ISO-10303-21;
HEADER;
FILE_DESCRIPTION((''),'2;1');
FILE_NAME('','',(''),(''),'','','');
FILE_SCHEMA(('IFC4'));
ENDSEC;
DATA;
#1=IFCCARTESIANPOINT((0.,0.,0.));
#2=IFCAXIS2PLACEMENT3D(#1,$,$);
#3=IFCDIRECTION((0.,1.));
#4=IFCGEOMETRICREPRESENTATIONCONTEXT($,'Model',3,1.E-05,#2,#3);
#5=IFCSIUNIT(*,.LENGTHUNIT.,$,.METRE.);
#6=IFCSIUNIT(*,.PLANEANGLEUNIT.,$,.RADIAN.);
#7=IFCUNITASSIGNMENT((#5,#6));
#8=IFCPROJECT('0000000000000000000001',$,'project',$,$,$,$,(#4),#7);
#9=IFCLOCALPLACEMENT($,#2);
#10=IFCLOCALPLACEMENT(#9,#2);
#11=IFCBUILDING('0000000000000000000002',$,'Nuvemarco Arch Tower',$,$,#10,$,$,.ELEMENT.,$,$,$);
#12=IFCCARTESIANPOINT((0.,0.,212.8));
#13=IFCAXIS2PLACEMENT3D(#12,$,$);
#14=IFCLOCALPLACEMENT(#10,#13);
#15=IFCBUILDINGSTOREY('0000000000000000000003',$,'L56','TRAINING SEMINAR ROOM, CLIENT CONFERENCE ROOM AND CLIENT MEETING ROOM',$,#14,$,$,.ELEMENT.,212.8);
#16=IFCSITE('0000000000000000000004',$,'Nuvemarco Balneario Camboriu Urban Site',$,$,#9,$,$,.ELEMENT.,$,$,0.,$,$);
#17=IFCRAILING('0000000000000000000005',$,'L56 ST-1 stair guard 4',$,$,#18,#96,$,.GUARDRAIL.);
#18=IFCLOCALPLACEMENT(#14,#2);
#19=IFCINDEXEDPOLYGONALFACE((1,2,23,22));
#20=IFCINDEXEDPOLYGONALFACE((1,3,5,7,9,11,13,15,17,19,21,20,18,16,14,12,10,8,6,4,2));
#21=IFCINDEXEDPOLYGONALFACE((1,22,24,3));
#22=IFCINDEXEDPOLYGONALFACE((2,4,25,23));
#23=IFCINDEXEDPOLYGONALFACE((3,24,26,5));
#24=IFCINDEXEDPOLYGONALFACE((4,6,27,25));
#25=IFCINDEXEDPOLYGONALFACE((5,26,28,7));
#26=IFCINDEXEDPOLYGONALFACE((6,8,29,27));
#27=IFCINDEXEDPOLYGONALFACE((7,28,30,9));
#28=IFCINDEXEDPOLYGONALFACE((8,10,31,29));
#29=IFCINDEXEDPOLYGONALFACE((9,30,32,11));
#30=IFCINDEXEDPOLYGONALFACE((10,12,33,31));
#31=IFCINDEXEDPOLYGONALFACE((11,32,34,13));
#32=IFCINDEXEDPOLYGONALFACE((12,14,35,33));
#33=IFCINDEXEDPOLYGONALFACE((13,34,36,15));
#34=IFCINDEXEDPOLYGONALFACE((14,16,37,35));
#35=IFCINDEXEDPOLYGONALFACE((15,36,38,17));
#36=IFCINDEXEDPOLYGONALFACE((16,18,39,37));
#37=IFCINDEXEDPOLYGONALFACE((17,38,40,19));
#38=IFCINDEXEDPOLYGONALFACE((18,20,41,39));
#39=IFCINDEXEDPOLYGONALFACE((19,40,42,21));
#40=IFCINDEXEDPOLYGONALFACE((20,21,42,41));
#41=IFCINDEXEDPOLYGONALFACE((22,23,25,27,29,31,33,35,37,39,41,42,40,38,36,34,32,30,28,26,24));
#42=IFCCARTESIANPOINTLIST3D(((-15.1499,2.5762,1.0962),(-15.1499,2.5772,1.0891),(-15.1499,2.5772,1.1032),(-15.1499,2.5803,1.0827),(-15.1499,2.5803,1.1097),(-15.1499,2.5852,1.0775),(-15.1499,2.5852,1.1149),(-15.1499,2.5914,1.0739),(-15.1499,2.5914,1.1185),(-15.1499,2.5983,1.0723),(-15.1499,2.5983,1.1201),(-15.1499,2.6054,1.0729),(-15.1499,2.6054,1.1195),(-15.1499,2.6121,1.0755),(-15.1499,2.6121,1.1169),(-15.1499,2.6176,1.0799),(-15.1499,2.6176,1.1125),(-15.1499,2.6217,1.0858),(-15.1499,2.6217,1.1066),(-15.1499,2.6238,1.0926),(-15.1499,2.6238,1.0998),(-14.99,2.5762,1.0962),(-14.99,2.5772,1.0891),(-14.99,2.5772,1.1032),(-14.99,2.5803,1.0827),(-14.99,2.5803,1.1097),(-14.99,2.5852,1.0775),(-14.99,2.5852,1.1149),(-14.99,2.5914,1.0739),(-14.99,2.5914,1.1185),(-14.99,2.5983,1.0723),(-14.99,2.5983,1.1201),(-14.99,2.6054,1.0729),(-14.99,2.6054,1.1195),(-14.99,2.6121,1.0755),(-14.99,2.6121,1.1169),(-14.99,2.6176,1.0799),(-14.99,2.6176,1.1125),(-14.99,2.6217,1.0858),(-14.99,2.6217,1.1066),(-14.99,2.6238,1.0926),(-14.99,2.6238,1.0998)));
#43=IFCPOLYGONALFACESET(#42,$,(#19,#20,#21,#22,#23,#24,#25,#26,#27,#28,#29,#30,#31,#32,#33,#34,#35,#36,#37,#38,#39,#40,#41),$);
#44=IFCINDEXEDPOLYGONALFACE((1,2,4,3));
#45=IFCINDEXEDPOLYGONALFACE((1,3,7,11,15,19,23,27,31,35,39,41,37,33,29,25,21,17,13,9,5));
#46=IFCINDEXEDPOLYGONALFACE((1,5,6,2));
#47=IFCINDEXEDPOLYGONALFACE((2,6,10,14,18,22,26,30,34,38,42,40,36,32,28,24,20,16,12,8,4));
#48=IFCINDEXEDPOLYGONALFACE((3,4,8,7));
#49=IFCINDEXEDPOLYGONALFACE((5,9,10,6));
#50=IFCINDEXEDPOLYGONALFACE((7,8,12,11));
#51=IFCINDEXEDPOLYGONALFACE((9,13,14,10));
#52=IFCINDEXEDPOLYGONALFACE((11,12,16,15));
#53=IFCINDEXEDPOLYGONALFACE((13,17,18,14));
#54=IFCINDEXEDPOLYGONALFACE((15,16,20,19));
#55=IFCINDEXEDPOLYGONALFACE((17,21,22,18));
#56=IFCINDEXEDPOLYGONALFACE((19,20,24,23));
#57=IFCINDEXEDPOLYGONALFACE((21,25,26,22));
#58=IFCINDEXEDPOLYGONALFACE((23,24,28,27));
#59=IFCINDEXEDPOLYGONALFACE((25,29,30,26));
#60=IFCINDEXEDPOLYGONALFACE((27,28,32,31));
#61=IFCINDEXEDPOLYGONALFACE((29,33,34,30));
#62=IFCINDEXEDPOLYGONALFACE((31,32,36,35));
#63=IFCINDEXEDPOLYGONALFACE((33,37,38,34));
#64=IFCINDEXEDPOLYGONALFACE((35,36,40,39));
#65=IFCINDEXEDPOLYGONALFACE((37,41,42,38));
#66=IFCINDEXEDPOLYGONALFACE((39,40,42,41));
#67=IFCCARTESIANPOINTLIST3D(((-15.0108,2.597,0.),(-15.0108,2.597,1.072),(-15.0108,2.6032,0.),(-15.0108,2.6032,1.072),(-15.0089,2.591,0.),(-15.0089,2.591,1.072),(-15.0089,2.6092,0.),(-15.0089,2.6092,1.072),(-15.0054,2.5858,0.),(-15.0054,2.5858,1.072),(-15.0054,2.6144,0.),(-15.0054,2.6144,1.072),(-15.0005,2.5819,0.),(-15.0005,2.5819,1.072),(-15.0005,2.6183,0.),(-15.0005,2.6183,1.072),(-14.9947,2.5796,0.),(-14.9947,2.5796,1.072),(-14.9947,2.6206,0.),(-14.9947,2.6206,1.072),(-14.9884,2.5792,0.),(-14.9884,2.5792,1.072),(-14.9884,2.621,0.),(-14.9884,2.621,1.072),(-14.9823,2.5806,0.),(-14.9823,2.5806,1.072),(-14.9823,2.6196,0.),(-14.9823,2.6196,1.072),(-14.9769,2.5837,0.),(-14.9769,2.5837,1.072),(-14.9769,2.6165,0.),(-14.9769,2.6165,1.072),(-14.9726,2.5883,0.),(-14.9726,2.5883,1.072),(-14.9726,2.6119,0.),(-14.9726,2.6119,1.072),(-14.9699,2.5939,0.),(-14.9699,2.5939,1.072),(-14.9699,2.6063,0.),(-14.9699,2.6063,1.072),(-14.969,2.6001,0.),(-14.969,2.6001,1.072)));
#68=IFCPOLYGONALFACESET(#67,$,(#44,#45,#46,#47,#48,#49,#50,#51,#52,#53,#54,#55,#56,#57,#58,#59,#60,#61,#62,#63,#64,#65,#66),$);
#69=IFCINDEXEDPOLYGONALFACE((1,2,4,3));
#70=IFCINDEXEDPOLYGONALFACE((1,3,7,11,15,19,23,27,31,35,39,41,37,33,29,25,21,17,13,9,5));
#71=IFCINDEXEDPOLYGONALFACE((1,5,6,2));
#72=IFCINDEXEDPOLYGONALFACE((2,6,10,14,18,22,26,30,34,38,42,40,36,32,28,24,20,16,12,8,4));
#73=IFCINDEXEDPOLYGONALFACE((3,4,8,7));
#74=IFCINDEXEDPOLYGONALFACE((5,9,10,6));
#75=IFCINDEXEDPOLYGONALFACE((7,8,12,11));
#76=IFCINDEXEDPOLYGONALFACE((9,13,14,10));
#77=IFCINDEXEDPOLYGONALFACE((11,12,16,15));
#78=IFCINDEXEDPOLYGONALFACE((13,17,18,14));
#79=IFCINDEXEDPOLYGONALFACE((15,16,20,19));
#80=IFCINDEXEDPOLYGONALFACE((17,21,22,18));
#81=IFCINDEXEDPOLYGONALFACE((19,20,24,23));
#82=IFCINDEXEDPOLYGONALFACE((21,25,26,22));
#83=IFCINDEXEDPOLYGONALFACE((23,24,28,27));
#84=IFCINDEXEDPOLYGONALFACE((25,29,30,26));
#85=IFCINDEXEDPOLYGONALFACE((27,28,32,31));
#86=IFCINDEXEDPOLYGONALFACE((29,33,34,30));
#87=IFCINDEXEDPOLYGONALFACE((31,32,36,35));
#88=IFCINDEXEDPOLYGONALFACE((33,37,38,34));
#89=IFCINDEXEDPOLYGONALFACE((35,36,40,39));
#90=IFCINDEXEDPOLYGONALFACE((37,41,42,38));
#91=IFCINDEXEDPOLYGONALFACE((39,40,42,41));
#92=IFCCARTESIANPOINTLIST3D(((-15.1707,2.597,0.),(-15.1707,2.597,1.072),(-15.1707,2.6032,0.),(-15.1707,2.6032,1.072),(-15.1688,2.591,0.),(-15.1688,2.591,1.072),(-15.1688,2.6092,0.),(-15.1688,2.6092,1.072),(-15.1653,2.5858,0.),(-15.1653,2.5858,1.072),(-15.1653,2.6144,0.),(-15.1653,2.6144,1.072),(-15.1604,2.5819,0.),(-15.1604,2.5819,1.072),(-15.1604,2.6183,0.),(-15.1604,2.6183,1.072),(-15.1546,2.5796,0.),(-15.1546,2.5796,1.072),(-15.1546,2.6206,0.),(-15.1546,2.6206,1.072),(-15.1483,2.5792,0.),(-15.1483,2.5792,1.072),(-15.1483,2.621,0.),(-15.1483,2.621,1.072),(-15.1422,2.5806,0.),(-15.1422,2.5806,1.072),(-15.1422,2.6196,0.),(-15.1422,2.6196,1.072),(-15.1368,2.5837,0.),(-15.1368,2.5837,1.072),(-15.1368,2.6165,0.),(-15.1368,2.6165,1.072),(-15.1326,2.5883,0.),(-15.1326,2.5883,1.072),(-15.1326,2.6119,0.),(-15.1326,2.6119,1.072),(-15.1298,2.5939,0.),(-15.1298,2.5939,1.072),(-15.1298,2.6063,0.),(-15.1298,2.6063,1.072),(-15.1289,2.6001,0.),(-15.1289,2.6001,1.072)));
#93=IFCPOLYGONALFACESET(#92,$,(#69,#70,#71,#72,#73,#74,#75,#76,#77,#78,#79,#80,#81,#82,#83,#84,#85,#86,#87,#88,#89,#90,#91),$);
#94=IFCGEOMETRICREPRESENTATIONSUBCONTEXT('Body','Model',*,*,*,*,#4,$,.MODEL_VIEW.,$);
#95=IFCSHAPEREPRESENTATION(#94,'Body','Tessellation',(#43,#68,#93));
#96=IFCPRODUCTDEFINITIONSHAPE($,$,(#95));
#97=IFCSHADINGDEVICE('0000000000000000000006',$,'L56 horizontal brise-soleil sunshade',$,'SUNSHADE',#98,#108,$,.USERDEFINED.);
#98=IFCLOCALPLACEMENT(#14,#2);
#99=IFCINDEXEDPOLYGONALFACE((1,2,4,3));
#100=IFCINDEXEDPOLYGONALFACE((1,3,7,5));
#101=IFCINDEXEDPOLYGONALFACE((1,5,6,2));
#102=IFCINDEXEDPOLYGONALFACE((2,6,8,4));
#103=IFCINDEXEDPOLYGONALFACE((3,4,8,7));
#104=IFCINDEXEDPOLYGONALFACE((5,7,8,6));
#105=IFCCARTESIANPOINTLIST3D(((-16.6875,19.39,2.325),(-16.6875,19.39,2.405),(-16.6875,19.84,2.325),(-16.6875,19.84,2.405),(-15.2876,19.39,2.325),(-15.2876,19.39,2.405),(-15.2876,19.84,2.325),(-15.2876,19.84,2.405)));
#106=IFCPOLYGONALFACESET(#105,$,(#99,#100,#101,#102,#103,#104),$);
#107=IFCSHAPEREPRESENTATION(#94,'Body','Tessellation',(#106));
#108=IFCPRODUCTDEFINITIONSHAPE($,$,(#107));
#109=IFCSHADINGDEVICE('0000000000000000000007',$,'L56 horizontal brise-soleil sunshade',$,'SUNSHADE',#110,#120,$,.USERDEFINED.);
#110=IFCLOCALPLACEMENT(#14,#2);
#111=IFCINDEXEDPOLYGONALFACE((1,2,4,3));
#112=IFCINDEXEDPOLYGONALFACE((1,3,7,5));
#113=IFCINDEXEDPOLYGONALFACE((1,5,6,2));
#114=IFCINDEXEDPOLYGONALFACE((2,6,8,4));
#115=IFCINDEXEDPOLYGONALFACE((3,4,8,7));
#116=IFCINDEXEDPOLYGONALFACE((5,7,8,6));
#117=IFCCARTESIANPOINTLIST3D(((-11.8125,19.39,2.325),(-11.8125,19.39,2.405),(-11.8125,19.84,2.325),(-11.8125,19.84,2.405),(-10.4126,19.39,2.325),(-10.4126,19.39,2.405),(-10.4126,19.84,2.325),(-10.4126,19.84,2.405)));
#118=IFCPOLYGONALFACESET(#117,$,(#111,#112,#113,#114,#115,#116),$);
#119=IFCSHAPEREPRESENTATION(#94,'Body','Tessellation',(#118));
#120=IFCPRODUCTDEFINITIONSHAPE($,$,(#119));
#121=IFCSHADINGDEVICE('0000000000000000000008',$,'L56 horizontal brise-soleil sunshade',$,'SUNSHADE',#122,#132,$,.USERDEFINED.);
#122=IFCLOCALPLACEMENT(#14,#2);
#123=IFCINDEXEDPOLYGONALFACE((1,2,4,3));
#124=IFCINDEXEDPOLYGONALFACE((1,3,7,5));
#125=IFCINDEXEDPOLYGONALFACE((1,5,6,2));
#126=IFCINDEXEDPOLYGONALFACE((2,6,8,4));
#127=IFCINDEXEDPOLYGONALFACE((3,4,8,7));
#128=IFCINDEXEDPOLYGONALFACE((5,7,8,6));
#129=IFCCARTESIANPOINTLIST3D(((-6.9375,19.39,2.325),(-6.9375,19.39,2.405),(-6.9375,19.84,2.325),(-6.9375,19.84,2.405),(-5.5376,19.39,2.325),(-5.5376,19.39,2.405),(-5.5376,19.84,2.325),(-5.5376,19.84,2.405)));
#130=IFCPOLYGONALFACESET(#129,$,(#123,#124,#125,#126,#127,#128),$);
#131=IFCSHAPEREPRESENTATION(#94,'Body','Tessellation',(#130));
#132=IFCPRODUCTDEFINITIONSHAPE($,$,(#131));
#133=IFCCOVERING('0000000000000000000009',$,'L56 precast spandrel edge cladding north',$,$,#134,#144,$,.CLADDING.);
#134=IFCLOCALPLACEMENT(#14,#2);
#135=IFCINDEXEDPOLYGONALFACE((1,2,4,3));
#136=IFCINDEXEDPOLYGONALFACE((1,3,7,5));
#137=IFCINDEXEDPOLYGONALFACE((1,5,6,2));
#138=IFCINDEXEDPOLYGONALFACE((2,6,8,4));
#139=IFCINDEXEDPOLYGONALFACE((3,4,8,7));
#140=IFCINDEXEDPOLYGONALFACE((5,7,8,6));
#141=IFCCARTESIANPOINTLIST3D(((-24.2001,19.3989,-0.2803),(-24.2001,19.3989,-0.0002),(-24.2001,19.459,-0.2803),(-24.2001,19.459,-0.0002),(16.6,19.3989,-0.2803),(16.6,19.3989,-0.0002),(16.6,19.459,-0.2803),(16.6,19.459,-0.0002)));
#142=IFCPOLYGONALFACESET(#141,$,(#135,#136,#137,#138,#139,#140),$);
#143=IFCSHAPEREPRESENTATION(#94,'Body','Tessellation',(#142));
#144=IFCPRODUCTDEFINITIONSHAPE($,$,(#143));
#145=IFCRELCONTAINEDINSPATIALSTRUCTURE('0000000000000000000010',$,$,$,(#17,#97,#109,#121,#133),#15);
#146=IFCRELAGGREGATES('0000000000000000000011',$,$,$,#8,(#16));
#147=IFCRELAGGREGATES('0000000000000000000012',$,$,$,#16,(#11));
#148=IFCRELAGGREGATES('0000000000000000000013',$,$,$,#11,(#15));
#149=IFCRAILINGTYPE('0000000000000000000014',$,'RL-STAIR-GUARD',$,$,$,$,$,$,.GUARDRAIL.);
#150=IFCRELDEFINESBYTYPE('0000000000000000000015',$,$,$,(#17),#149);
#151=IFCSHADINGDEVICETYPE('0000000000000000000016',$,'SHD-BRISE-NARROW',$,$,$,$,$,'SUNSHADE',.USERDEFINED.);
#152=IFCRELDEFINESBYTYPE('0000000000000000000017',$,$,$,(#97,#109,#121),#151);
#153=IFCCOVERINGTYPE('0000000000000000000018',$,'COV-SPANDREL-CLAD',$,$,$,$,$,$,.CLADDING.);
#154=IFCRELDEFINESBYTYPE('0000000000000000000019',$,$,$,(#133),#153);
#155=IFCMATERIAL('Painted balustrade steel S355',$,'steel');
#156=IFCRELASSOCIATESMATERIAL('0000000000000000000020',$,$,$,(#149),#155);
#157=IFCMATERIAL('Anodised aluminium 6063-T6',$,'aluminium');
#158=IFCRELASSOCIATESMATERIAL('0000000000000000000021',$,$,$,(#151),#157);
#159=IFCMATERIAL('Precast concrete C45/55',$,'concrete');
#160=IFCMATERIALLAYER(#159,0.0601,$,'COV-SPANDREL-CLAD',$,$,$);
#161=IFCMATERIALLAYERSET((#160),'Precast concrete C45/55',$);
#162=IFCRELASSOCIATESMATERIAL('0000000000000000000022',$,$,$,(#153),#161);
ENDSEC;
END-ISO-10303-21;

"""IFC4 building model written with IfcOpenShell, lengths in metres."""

from ifc_helpers import new_model, si_unit, direction, frame, origin, origin_2d, place, context, subcontext, project, spatial, rectangle, circle, extrude, source, transform, mapped, material, layer, layer_set, type_object, type_shapes, element, save


model = new_model("IFC4")

# Units and contexts
model_context = context("Model", 3, precision=1e-05, world=origin(), true_north=direction((0.0, 1.0)))
body_context = subcontext(model_context, "Body", "Model", "MODEL_VIEW")
ifc_project = project(units=[si_unit("LENGTHUNIT", "METRE"), si_unit("PLANEANGLEUNIT", "RADIAN")], contexts=[model_context])

# Site, building, storey
site_placement = place(None, origin())
site = spatial("IfcSite", under=ifc_project, at=site_placement, Name="Nuvemarco Balneario Camboriu Urban Site", CompositionType="ELEMENT", RefElevation=0.0)
building_placement = place(site_placement, origin())
building = spatial("IfcBuilding", under=site, at=building_placement, Name="Nuvemarco Arch Tower", CompositionType="ELEMENT")
storey_placement = place(building_placement, frame((0.0, 0.0, 212.8)))
storey = spatial("IfcBuildingStorey", under=building, at=storey_placement, Name="L56", Description="TRAINING SEMINAR ROOM, CLIENT CONFERENCE ROOM AND CLIENT MEETING ROOM", CompositionType="ELEMENT", Elevation=212.8)

# Shared definitions
ifc_material_1 = material(Name="Precast concrete C45/55", Category="concrete")

# Railing
ifc_material_2 = material(Name="Painted balustrade steel S355", Category="steel")
railing_type_1 = type_object("IfcRailingType", Name="RL-STAIR-GUARD", PredefinedType="GUARDRAIL", material=ifc_material_2)
railing_1_placement = place(storey_placement, frame((-14.99, 2.6001, 0.0)))
element("IfcRailing", 1, at=railing_1_placement, inside=storey, type_object=railing_type_1, Name="L56 ST-1 stair guard 4", PredefinedType="GUARDRAIL", context=body_context, shape_type="SweptSolid", body=[
    extrude(circle(Radius=0.0239, at=origin_2d()), frame((0.0, 0.0, 1.0962), z_axis=(-1.0, 0.0, 0.0), x_axis=(0.0, -1.0, 0.0)), (0.0, 0.0, 1.0), 0.1599),
    extrude(circle(Radius=0.021, at=origin_2d()), origin(), (0.0, 0.0, 1.0), 1.072),
    extrude(circle(Radius=0.021, at=origin_2d()), frame((-0.1599, 0.0, 0.0)), (0.0, 0.0, 1.0), 1.072),
])

# Shading devices
ifc_material_3 = material(Name="Anodised aluminium 6063-T6", Category="aluminium")
shading_device_type = type_object("IfcShadingDeviceType", Name="SHD-BRISE-NARROW", ElementType="SUNSHADE", PredefinedType="USERDEFINED", material=ifc_material_3)
shared_shape_1 = source(origin(), body_context, "Body", "SweptSolid", [
    extrude(rectangle(XDim=1.3999, YDim=0.45, at=origin_2d()), origin(), (0.0, 0.0, 1.0), 0.0801),
])
type_shapes(shading_device_type, [shared_shape_1])
for number, where, z_axis, x_axis, name in (
    (2, (-15.9875, 19.615, 2.325), (0.0, 0.0, 1.0), (1.0, 0.0, 0.0), "L56 horizontal brise-soleil sunshade"),
    (3, (-11.1125, 19.615, 2.325), (0.0, 0.0, 1.0), (1.0, 0.0, 0.0), "L56 horizontal brise-soleil sunshade"),
    (4, (-6.2375, 19.615, 2.325), (0.0, 0.0, 1.0), (1.0, 0.0, 0.0), "L56 horizontal brise-soleil sunshade"),
):
    element("IfcShadingDevice", number, at=place(storey_placement, frame(where, z_axis=z_axis, x_axis=x_axis)), inside=storey, type_object=shading_device_type, Name=name, ObjectType="SUNSHADE", PredefinedType="USERDEFINED", context=body_context, shape_type="MappedRepresentation", body=[
        mapped(shared_shape_1, transform((0.0, 0.0, 0.0), scale=1.0)),
    ])

# Covering
ifc_layer_1 = layer(ifc_material_1, 0.0601, Name="COV-SPANDREL-CLAD")
ifc_layer_set_1 = layer_set([ifc_layer_1], Name="Precast concrete C45/55")
covering_type = type_object("IfcCoveringType", Name="COV-SPANDREL-CLAD", PredefinedType="CLADDING", material=ifc_layer_set_1)
shared_shape_2 = source(origin(), body_context, "Body", "SweptSolid", [
    extrude(rectangle(XDim=40.8, YDim=0.0601, at=origin_2d()), origin(), (0.0, 0.0, 1.0), 0.28),
])
type_shapes(covering_type, [shared_shape_2])
covering_placement = place(storey_placement, frame((-3.8, 19.429, -0.2803), z_axis=(0.0, 0.0, 1.0), x_axis=(1.0, 0.0, 0.0)))
element("IfcCovering", 5, at=covering_placement, inside=storey, type_object=covering_type, Name="L56 precast spandrel edge cladding north", PredefinedType="CLADDING", context=body_context, shape_type="MappedRepresentation", body=[
    mapped(shared_shape_2, transform((0.0, 0.0, 0.0), scale=1.0)),
])

save(model, "model.ifc")
